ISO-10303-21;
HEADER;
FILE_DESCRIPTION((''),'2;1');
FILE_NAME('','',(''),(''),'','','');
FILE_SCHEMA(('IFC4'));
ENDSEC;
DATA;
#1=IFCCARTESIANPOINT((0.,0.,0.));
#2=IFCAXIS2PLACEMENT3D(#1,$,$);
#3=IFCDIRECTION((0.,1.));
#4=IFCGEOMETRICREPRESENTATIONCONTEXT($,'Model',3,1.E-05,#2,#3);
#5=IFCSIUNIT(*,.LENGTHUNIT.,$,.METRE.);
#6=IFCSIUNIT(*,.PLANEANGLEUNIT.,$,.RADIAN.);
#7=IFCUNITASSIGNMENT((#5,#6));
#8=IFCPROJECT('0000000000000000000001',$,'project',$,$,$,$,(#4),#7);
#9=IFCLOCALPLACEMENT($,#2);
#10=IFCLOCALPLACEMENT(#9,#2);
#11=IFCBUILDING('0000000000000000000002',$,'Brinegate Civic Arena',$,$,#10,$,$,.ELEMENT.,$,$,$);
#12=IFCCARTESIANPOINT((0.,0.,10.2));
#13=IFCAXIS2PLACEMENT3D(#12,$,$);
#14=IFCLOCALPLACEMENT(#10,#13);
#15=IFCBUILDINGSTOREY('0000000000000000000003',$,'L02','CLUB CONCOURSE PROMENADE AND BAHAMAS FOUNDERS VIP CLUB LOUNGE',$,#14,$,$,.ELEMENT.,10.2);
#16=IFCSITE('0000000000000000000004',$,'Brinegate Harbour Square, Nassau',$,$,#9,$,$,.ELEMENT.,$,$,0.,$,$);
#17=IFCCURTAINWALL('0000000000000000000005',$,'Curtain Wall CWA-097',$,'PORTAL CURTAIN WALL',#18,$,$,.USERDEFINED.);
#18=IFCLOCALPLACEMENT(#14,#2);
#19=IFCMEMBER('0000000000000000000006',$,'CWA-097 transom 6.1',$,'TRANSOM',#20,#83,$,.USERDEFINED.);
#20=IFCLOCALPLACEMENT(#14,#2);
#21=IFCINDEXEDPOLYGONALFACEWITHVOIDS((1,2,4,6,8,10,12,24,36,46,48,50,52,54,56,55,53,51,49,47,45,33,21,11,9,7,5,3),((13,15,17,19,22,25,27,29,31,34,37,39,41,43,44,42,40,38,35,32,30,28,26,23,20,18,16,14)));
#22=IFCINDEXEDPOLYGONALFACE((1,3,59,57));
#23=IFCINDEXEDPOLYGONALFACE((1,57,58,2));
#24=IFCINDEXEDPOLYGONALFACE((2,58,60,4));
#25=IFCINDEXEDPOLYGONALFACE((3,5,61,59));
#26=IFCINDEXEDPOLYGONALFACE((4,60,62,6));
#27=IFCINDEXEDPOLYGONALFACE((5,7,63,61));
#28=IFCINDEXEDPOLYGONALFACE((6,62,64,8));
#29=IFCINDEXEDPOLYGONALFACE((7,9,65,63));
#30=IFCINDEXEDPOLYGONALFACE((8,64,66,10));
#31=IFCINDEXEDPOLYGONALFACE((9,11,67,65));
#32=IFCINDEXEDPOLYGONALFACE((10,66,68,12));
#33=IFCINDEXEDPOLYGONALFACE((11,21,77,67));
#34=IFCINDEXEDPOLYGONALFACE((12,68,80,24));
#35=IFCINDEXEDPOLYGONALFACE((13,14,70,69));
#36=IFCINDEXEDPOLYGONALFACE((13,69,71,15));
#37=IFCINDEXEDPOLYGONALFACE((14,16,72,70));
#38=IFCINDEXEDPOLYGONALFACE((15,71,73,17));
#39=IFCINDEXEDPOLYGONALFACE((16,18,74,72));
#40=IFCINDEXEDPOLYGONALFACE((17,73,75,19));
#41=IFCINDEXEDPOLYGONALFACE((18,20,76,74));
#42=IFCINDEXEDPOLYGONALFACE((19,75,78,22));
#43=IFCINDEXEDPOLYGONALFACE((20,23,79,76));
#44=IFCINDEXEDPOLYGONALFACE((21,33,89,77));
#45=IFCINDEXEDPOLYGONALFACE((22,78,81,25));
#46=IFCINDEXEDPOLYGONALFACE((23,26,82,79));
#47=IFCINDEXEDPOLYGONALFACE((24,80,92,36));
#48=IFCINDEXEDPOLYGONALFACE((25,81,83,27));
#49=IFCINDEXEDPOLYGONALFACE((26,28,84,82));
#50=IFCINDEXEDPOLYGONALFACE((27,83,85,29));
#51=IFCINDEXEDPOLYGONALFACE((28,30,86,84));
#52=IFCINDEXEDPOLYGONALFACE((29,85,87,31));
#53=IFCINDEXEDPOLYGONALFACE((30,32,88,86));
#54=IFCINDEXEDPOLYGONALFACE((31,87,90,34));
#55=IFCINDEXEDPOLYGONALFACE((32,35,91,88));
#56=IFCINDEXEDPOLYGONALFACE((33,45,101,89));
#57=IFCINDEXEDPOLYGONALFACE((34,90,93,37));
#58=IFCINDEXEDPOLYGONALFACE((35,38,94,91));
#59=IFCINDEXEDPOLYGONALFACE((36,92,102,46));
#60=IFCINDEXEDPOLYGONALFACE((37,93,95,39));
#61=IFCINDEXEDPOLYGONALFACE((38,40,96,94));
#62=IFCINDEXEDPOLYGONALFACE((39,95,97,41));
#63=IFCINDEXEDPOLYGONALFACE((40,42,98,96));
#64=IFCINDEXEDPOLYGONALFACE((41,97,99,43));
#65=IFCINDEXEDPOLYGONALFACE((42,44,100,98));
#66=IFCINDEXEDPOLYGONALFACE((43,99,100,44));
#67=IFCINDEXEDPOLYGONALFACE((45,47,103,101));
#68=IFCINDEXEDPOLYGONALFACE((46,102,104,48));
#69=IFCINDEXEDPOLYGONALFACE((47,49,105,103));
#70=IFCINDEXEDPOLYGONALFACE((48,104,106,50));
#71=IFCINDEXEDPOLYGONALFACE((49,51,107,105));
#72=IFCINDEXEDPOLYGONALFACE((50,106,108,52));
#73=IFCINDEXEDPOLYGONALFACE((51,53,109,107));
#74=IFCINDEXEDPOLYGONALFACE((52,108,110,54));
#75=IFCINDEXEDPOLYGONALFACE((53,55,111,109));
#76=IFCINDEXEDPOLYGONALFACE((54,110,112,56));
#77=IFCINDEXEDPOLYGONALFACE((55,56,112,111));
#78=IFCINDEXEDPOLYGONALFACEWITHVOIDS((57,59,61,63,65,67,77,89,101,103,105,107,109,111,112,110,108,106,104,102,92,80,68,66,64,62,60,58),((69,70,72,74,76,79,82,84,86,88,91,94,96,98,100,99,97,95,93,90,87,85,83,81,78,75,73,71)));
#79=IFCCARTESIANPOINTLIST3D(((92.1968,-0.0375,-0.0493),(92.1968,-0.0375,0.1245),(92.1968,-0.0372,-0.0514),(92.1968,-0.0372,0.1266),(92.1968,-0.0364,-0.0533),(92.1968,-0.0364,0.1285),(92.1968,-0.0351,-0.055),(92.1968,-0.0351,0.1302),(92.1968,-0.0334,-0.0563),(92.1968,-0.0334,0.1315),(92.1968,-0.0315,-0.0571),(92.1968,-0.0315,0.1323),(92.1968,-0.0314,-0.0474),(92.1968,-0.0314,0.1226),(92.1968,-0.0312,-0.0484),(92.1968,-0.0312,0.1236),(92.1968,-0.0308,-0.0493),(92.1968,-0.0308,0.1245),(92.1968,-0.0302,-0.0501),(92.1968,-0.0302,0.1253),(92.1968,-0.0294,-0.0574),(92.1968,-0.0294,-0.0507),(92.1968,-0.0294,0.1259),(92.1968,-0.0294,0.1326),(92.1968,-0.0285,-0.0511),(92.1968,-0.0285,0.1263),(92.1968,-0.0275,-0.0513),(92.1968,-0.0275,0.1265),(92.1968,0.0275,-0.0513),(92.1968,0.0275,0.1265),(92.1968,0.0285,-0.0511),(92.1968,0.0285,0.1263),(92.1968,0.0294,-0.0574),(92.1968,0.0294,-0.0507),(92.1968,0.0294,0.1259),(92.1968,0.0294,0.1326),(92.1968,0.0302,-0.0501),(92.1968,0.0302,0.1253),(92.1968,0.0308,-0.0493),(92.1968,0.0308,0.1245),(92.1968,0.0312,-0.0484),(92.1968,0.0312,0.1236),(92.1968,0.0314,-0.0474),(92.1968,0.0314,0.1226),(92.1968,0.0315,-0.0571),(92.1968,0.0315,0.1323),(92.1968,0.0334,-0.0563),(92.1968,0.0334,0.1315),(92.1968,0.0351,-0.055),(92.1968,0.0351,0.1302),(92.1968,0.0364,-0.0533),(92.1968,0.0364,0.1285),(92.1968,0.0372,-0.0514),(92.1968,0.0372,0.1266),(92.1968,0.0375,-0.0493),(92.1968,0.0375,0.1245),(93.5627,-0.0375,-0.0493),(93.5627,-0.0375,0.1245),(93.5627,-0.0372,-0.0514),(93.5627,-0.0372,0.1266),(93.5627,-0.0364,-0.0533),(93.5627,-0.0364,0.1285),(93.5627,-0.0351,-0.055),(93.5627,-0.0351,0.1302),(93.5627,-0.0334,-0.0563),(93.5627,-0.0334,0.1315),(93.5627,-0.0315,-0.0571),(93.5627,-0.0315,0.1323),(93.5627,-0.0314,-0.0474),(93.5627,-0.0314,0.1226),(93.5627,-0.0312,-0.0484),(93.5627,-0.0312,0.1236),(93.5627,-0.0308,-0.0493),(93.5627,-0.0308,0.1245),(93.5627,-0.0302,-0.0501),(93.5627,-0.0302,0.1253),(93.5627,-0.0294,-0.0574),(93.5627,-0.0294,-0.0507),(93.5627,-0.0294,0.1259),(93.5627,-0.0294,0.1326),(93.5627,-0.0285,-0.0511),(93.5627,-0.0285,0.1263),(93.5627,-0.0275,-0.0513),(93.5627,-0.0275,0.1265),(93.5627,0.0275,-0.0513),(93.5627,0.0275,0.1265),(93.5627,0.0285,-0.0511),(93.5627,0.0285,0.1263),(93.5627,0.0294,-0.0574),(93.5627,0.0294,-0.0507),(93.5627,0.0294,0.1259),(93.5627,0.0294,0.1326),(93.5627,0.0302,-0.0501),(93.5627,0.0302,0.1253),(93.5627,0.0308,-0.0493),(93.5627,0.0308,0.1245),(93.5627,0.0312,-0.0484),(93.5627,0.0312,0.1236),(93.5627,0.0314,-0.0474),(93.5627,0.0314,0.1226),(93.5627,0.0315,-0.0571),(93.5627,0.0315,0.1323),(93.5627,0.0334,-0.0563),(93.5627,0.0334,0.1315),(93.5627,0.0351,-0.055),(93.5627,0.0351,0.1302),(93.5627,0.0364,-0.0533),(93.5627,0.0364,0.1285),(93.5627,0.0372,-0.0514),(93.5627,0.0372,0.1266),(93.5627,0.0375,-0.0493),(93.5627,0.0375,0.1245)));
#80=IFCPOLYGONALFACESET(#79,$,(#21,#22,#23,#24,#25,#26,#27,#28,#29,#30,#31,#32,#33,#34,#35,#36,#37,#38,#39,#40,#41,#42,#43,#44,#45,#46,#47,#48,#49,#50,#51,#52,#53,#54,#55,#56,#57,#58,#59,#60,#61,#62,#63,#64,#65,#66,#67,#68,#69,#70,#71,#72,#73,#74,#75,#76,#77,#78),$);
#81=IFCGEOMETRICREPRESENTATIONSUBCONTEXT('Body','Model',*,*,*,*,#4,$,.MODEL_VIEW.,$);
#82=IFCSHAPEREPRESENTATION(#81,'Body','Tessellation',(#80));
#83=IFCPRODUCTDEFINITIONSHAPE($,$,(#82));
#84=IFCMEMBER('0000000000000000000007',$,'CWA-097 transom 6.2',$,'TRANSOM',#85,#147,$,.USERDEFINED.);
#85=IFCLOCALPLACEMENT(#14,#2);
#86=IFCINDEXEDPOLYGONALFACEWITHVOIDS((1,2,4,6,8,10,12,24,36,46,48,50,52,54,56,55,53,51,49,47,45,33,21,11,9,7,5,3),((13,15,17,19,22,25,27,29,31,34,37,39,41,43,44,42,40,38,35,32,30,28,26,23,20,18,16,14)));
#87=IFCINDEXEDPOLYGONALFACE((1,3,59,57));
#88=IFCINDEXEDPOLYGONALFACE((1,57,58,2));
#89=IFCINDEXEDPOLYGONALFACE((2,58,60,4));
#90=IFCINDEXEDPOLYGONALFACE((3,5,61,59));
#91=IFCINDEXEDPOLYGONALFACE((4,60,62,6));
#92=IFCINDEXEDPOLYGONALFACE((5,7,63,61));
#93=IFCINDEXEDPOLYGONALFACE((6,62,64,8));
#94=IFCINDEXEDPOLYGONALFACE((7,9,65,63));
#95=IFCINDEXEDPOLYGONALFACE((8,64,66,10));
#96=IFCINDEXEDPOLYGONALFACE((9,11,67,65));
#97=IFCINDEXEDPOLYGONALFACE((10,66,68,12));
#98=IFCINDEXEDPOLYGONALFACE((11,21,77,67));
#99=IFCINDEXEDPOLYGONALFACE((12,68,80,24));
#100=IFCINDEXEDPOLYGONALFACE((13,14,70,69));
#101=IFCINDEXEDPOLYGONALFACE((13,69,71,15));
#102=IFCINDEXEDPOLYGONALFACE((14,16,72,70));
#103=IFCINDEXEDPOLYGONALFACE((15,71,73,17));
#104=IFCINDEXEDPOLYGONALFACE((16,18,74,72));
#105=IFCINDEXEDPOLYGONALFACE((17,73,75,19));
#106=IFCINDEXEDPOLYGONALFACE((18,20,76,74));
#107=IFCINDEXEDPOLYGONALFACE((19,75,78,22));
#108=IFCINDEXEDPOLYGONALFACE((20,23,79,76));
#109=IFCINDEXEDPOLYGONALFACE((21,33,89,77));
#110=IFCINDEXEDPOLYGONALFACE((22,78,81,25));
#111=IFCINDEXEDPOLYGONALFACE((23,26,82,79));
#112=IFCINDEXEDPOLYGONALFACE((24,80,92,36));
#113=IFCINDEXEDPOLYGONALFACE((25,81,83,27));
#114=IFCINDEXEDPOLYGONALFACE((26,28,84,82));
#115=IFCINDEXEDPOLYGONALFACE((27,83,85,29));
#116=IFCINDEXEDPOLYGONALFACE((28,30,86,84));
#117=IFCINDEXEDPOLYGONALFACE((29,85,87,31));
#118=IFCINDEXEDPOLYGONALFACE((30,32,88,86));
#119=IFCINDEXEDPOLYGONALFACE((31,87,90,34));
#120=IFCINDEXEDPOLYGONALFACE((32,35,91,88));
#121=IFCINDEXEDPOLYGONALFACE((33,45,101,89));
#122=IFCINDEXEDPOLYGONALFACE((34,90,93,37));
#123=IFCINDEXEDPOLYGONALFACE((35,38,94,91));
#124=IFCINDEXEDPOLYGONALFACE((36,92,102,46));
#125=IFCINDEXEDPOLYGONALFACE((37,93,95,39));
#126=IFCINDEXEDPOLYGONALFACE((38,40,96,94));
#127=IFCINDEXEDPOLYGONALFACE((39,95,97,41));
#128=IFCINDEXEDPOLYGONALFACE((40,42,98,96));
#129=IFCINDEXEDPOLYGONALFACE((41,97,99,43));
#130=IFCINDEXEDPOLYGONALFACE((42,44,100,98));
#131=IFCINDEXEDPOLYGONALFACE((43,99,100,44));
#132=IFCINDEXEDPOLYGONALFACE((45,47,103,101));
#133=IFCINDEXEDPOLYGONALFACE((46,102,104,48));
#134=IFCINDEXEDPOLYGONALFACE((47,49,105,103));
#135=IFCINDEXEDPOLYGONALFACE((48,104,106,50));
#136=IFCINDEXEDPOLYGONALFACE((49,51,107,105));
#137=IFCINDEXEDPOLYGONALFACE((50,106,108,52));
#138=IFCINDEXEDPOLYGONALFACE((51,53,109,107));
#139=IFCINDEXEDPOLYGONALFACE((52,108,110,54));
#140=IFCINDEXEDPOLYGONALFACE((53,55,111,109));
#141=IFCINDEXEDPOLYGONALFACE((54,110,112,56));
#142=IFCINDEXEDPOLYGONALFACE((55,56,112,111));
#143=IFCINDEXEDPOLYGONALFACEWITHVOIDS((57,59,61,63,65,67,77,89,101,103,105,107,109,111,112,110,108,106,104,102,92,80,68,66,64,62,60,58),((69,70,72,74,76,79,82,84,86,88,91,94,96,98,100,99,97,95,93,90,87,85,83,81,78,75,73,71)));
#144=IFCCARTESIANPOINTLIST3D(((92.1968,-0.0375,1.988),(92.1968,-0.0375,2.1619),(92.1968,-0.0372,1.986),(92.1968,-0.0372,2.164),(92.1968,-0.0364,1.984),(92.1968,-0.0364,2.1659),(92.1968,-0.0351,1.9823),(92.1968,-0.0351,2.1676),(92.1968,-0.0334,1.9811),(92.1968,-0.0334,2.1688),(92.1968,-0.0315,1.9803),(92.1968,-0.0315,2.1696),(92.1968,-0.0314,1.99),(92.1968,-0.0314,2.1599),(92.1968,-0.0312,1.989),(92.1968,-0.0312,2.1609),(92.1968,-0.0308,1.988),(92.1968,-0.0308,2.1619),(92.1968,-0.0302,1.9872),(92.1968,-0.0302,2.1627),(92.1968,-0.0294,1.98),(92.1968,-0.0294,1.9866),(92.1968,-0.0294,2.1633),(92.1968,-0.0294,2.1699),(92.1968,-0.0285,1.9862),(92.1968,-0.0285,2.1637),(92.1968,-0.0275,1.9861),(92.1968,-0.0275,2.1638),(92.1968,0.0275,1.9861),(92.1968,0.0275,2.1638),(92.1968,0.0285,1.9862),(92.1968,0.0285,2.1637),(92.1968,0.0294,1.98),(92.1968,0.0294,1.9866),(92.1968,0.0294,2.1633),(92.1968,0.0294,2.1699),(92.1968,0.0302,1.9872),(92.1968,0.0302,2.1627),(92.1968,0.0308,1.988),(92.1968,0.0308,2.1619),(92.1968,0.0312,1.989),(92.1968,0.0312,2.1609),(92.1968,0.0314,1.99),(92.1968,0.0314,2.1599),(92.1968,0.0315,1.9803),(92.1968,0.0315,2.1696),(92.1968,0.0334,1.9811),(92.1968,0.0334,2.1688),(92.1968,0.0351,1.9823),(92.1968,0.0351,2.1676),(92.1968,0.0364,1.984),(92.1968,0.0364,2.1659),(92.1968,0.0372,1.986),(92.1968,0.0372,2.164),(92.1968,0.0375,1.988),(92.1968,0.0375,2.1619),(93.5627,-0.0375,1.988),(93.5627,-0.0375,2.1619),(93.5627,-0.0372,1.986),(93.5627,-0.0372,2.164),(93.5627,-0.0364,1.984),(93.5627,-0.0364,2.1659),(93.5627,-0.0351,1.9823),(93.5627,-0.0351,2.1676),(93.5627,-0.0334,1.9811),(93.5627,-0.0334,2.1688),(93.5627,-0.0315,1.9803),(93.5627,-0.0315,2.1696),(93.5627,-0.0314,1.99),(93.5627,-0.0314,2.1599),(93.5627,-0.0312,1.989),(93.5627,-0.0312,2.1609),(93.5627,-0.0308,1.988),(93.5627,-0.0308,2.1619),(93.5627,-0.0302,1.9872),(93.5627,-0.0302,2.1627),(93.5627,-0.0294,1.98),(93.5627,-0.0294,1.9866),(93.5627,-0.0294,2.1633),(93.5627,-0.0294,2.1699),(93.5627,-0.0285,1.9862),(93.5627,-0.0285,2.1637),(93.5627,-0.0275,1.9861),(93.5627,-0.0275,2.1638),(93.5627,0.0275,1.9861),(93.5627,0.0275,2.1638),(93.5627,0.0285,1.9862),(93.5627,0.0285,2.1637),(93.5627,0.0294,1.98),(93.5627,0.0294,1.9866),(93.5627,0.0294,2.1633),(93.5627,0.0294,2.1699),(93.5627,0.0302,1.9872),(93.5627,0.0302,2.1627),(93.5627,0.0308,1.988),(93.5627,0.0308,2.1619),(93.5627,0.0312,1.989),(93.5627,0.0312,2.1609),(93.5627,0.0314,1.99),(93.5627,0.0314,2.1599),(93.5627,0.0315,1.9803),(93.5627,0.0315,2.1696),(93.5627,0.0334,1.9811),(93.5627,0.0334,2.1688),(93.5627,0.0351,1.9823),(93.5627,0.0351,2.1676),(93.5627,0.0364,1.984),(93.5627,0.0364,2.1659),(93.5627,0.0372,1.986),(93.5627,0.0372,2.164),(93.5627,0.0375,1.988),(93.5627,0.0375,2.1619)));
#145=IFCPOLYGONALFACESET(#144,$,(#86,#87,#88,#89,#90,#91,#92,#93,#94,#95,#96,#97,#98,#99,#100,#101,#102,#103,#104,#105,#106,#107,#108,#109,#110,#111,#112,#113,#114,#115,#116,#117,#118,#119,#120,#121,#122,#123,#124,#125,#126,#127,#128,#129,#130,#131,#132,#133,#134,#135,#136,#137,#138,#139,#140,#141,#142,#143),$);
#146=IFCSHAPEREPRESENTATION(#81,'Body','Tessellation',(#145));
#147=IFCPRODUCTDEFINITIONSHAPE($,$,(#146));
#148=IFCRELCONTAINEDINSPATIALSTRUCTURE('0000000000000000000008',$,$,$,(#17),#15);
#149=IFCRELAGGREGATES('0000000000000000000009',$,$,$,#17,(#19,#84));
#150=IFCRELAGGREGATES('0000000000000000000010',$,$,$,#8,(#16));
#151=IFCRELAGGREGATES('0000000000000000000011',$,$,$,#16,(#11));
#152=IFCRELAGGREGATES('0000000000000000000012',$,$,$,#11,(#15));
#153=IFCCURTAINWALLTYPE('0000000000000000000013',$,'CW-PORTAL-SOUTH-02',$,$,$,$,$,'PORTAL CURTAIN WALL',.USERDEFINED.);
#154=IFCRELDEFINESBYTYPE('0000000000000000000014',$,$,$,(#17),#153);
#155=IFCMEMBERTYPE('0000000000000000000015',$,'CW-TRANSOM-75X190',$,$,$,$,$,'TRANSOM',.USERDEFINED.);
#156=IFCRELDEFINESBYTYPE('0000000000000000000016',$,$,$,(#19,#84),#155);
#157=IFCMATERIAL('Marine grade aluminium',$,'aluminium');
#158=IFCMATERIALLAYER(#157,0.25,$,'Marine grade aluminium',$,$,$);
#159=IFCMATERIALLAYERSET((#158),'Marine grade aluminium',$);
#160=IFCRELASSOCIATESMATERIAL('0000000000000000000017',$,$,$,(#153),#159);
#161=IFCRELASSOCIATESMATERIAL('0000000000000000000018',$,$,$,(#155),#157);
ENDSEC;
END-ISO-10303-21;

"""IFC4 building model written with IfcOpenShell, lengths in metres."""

from ifc_helpers import new_model, si_unit, direction, frame, origin, origin_2d, place, context, subcontext, project, spatial, hollow_rectangle, extrude, material, layer, layer_set, material_profile, profile_set, type_object, element, aggregate, save


model = new_model("IFC4")

# Units and contexts
model_context = context("Model", 3, precision=1e-05, world=origin(), true_north=direction((0.0, 1.0)))
body_context = subcontext(model_context, "Body", "Model", "MODEL_VIEW")
ifc_project = project(units=[si_unit("LENGTHUNIT", "METRE"), si_unit("PLANEANGLEUNIT", "RADIAN")], contexts=[model_context])

# Site, building, storey
site_placement = place(None, origin())
site = spatial("IfcSite", under=ifc_project, at=site_placement, Name="Brinegate Harbour Square, Nassau", CompositionType="ELEMENT", RefElevation=0.0)
building_placement = place(site_placement, origin())
building = spatial("IfcBuilding", under=site, at=building_placement, Name="Brinegate Civic Arena", CompositionType="ELEMENT")
storey_placement = place(building_placement, frame((0.0, 0.0, 10.2)))
storey = spatial("IfcBuildingStorey", under=building, at=storey_placement, Name="L02", Description="CLUB CONCOURSE PROMENADE AND BAHAMAS FOUNDERS VIP CLUB LOUNGE", CompositionType="ELEMENT", Elevation=10.2)

# Curtain wall, members
ifc_material_1 = material(Name="Marine grade aluminium", Category="aluminium")
ifc_layer_1 = layer(ifc_material_1, 0.25, Name="Marine grade aluminium")
ifc_layer_set_1 = layer_set([ifc_layer_1], Name="Marine grade aluminium")
curtain_wall_type = type_object("IfcCurtainWallType", Name="CW-PORTAL-SOUTH-02", ElementType="PORTAL CURTAIN WALL", PredefinedType="USERDEFINED", material=ifc_layer_set_1)
curtain_wall_placement = place(storey_placement, origin())
curtain_wall = element("IfcCurtainWall", 1, at=curtain_wall_placement, inside=storey, type_object=curtain_wall_type, Name="Curtain Wall CWA-097", ObjectType="PORTAL CURTAIN WALL", PredefinedType="USERDEFINED")
ifc_material_profile_1 = material_profile(ifc_material_1, hollow_rectangle(XDim=0.075, YDim=0.1899, WallThickness=0.0061, InnerFilletRadius=0.0039, OuterFilletRadius=0.0081, at=origin_2d()), Name="TRN75X190")
ifc_profile_set_1 = profile_set([ifc_material_profile_1], Name="Marine grade aluminium")
member_type_1 = type_object("IfcMemberType", Name="CW-TRANSOM-75X190", ElementType="TRANSOM", PredefinedType="USERDEFINED", material=ifc_profile_set_1)
member_1_placement = place(storey_placement, frame((92.1968, 0.0, 0.0376), z_axis=(1.0, 0.0, 0.0), x_axis=(0.0, 1.0, 0.0)))
member_1 = element("IfcMember", 2, at=member_1_placement, type_object=member_type_1, Name="CWA-097 transom 6.1", ObjectType="TRANSOM", PredefinedType="USERDEFINED", context=body_context, shape_type="SweptSolid", body=[
    extrude(hollow_rectangle(XDim=0.075, YDim=0.1899, WallThickness=0.0061, InnerFilletRadius=0.0039, OuterFilletRadius=0.0081, at=origin_2d()), origin(), (0.0, 0.0, 1.0), 1.366),
])
member_2_placement = place(storey_placement, frame((92.1968, 0.0, 2.075), z_axis=(1.0, 0.0, 0.0), x_axis=(0.0, 1.0, 0.0)))
member_2 = element("IfcMember", 3, at=member_2_placement, type_object=member_type_1, Name="CWA-097 transom 6.2", ObjectType="TRANSOM", PredefinedType="USERDEFINED", context=body_context, shape_type="SweptSolid", body=[
    extrude(hollow_rectangle(XDim=0.075, YDim=0.1899, WallThickness=0.0061, InnerFilletRadius=0.0039, OuterFilletRadius=0.0081, at=origin_2d()), origin(), (0.0, 0.0, 1.0), 1.366),
])
aggregate(curtain_wall, [member_1, member_2])

save(model, "model.ifc")
